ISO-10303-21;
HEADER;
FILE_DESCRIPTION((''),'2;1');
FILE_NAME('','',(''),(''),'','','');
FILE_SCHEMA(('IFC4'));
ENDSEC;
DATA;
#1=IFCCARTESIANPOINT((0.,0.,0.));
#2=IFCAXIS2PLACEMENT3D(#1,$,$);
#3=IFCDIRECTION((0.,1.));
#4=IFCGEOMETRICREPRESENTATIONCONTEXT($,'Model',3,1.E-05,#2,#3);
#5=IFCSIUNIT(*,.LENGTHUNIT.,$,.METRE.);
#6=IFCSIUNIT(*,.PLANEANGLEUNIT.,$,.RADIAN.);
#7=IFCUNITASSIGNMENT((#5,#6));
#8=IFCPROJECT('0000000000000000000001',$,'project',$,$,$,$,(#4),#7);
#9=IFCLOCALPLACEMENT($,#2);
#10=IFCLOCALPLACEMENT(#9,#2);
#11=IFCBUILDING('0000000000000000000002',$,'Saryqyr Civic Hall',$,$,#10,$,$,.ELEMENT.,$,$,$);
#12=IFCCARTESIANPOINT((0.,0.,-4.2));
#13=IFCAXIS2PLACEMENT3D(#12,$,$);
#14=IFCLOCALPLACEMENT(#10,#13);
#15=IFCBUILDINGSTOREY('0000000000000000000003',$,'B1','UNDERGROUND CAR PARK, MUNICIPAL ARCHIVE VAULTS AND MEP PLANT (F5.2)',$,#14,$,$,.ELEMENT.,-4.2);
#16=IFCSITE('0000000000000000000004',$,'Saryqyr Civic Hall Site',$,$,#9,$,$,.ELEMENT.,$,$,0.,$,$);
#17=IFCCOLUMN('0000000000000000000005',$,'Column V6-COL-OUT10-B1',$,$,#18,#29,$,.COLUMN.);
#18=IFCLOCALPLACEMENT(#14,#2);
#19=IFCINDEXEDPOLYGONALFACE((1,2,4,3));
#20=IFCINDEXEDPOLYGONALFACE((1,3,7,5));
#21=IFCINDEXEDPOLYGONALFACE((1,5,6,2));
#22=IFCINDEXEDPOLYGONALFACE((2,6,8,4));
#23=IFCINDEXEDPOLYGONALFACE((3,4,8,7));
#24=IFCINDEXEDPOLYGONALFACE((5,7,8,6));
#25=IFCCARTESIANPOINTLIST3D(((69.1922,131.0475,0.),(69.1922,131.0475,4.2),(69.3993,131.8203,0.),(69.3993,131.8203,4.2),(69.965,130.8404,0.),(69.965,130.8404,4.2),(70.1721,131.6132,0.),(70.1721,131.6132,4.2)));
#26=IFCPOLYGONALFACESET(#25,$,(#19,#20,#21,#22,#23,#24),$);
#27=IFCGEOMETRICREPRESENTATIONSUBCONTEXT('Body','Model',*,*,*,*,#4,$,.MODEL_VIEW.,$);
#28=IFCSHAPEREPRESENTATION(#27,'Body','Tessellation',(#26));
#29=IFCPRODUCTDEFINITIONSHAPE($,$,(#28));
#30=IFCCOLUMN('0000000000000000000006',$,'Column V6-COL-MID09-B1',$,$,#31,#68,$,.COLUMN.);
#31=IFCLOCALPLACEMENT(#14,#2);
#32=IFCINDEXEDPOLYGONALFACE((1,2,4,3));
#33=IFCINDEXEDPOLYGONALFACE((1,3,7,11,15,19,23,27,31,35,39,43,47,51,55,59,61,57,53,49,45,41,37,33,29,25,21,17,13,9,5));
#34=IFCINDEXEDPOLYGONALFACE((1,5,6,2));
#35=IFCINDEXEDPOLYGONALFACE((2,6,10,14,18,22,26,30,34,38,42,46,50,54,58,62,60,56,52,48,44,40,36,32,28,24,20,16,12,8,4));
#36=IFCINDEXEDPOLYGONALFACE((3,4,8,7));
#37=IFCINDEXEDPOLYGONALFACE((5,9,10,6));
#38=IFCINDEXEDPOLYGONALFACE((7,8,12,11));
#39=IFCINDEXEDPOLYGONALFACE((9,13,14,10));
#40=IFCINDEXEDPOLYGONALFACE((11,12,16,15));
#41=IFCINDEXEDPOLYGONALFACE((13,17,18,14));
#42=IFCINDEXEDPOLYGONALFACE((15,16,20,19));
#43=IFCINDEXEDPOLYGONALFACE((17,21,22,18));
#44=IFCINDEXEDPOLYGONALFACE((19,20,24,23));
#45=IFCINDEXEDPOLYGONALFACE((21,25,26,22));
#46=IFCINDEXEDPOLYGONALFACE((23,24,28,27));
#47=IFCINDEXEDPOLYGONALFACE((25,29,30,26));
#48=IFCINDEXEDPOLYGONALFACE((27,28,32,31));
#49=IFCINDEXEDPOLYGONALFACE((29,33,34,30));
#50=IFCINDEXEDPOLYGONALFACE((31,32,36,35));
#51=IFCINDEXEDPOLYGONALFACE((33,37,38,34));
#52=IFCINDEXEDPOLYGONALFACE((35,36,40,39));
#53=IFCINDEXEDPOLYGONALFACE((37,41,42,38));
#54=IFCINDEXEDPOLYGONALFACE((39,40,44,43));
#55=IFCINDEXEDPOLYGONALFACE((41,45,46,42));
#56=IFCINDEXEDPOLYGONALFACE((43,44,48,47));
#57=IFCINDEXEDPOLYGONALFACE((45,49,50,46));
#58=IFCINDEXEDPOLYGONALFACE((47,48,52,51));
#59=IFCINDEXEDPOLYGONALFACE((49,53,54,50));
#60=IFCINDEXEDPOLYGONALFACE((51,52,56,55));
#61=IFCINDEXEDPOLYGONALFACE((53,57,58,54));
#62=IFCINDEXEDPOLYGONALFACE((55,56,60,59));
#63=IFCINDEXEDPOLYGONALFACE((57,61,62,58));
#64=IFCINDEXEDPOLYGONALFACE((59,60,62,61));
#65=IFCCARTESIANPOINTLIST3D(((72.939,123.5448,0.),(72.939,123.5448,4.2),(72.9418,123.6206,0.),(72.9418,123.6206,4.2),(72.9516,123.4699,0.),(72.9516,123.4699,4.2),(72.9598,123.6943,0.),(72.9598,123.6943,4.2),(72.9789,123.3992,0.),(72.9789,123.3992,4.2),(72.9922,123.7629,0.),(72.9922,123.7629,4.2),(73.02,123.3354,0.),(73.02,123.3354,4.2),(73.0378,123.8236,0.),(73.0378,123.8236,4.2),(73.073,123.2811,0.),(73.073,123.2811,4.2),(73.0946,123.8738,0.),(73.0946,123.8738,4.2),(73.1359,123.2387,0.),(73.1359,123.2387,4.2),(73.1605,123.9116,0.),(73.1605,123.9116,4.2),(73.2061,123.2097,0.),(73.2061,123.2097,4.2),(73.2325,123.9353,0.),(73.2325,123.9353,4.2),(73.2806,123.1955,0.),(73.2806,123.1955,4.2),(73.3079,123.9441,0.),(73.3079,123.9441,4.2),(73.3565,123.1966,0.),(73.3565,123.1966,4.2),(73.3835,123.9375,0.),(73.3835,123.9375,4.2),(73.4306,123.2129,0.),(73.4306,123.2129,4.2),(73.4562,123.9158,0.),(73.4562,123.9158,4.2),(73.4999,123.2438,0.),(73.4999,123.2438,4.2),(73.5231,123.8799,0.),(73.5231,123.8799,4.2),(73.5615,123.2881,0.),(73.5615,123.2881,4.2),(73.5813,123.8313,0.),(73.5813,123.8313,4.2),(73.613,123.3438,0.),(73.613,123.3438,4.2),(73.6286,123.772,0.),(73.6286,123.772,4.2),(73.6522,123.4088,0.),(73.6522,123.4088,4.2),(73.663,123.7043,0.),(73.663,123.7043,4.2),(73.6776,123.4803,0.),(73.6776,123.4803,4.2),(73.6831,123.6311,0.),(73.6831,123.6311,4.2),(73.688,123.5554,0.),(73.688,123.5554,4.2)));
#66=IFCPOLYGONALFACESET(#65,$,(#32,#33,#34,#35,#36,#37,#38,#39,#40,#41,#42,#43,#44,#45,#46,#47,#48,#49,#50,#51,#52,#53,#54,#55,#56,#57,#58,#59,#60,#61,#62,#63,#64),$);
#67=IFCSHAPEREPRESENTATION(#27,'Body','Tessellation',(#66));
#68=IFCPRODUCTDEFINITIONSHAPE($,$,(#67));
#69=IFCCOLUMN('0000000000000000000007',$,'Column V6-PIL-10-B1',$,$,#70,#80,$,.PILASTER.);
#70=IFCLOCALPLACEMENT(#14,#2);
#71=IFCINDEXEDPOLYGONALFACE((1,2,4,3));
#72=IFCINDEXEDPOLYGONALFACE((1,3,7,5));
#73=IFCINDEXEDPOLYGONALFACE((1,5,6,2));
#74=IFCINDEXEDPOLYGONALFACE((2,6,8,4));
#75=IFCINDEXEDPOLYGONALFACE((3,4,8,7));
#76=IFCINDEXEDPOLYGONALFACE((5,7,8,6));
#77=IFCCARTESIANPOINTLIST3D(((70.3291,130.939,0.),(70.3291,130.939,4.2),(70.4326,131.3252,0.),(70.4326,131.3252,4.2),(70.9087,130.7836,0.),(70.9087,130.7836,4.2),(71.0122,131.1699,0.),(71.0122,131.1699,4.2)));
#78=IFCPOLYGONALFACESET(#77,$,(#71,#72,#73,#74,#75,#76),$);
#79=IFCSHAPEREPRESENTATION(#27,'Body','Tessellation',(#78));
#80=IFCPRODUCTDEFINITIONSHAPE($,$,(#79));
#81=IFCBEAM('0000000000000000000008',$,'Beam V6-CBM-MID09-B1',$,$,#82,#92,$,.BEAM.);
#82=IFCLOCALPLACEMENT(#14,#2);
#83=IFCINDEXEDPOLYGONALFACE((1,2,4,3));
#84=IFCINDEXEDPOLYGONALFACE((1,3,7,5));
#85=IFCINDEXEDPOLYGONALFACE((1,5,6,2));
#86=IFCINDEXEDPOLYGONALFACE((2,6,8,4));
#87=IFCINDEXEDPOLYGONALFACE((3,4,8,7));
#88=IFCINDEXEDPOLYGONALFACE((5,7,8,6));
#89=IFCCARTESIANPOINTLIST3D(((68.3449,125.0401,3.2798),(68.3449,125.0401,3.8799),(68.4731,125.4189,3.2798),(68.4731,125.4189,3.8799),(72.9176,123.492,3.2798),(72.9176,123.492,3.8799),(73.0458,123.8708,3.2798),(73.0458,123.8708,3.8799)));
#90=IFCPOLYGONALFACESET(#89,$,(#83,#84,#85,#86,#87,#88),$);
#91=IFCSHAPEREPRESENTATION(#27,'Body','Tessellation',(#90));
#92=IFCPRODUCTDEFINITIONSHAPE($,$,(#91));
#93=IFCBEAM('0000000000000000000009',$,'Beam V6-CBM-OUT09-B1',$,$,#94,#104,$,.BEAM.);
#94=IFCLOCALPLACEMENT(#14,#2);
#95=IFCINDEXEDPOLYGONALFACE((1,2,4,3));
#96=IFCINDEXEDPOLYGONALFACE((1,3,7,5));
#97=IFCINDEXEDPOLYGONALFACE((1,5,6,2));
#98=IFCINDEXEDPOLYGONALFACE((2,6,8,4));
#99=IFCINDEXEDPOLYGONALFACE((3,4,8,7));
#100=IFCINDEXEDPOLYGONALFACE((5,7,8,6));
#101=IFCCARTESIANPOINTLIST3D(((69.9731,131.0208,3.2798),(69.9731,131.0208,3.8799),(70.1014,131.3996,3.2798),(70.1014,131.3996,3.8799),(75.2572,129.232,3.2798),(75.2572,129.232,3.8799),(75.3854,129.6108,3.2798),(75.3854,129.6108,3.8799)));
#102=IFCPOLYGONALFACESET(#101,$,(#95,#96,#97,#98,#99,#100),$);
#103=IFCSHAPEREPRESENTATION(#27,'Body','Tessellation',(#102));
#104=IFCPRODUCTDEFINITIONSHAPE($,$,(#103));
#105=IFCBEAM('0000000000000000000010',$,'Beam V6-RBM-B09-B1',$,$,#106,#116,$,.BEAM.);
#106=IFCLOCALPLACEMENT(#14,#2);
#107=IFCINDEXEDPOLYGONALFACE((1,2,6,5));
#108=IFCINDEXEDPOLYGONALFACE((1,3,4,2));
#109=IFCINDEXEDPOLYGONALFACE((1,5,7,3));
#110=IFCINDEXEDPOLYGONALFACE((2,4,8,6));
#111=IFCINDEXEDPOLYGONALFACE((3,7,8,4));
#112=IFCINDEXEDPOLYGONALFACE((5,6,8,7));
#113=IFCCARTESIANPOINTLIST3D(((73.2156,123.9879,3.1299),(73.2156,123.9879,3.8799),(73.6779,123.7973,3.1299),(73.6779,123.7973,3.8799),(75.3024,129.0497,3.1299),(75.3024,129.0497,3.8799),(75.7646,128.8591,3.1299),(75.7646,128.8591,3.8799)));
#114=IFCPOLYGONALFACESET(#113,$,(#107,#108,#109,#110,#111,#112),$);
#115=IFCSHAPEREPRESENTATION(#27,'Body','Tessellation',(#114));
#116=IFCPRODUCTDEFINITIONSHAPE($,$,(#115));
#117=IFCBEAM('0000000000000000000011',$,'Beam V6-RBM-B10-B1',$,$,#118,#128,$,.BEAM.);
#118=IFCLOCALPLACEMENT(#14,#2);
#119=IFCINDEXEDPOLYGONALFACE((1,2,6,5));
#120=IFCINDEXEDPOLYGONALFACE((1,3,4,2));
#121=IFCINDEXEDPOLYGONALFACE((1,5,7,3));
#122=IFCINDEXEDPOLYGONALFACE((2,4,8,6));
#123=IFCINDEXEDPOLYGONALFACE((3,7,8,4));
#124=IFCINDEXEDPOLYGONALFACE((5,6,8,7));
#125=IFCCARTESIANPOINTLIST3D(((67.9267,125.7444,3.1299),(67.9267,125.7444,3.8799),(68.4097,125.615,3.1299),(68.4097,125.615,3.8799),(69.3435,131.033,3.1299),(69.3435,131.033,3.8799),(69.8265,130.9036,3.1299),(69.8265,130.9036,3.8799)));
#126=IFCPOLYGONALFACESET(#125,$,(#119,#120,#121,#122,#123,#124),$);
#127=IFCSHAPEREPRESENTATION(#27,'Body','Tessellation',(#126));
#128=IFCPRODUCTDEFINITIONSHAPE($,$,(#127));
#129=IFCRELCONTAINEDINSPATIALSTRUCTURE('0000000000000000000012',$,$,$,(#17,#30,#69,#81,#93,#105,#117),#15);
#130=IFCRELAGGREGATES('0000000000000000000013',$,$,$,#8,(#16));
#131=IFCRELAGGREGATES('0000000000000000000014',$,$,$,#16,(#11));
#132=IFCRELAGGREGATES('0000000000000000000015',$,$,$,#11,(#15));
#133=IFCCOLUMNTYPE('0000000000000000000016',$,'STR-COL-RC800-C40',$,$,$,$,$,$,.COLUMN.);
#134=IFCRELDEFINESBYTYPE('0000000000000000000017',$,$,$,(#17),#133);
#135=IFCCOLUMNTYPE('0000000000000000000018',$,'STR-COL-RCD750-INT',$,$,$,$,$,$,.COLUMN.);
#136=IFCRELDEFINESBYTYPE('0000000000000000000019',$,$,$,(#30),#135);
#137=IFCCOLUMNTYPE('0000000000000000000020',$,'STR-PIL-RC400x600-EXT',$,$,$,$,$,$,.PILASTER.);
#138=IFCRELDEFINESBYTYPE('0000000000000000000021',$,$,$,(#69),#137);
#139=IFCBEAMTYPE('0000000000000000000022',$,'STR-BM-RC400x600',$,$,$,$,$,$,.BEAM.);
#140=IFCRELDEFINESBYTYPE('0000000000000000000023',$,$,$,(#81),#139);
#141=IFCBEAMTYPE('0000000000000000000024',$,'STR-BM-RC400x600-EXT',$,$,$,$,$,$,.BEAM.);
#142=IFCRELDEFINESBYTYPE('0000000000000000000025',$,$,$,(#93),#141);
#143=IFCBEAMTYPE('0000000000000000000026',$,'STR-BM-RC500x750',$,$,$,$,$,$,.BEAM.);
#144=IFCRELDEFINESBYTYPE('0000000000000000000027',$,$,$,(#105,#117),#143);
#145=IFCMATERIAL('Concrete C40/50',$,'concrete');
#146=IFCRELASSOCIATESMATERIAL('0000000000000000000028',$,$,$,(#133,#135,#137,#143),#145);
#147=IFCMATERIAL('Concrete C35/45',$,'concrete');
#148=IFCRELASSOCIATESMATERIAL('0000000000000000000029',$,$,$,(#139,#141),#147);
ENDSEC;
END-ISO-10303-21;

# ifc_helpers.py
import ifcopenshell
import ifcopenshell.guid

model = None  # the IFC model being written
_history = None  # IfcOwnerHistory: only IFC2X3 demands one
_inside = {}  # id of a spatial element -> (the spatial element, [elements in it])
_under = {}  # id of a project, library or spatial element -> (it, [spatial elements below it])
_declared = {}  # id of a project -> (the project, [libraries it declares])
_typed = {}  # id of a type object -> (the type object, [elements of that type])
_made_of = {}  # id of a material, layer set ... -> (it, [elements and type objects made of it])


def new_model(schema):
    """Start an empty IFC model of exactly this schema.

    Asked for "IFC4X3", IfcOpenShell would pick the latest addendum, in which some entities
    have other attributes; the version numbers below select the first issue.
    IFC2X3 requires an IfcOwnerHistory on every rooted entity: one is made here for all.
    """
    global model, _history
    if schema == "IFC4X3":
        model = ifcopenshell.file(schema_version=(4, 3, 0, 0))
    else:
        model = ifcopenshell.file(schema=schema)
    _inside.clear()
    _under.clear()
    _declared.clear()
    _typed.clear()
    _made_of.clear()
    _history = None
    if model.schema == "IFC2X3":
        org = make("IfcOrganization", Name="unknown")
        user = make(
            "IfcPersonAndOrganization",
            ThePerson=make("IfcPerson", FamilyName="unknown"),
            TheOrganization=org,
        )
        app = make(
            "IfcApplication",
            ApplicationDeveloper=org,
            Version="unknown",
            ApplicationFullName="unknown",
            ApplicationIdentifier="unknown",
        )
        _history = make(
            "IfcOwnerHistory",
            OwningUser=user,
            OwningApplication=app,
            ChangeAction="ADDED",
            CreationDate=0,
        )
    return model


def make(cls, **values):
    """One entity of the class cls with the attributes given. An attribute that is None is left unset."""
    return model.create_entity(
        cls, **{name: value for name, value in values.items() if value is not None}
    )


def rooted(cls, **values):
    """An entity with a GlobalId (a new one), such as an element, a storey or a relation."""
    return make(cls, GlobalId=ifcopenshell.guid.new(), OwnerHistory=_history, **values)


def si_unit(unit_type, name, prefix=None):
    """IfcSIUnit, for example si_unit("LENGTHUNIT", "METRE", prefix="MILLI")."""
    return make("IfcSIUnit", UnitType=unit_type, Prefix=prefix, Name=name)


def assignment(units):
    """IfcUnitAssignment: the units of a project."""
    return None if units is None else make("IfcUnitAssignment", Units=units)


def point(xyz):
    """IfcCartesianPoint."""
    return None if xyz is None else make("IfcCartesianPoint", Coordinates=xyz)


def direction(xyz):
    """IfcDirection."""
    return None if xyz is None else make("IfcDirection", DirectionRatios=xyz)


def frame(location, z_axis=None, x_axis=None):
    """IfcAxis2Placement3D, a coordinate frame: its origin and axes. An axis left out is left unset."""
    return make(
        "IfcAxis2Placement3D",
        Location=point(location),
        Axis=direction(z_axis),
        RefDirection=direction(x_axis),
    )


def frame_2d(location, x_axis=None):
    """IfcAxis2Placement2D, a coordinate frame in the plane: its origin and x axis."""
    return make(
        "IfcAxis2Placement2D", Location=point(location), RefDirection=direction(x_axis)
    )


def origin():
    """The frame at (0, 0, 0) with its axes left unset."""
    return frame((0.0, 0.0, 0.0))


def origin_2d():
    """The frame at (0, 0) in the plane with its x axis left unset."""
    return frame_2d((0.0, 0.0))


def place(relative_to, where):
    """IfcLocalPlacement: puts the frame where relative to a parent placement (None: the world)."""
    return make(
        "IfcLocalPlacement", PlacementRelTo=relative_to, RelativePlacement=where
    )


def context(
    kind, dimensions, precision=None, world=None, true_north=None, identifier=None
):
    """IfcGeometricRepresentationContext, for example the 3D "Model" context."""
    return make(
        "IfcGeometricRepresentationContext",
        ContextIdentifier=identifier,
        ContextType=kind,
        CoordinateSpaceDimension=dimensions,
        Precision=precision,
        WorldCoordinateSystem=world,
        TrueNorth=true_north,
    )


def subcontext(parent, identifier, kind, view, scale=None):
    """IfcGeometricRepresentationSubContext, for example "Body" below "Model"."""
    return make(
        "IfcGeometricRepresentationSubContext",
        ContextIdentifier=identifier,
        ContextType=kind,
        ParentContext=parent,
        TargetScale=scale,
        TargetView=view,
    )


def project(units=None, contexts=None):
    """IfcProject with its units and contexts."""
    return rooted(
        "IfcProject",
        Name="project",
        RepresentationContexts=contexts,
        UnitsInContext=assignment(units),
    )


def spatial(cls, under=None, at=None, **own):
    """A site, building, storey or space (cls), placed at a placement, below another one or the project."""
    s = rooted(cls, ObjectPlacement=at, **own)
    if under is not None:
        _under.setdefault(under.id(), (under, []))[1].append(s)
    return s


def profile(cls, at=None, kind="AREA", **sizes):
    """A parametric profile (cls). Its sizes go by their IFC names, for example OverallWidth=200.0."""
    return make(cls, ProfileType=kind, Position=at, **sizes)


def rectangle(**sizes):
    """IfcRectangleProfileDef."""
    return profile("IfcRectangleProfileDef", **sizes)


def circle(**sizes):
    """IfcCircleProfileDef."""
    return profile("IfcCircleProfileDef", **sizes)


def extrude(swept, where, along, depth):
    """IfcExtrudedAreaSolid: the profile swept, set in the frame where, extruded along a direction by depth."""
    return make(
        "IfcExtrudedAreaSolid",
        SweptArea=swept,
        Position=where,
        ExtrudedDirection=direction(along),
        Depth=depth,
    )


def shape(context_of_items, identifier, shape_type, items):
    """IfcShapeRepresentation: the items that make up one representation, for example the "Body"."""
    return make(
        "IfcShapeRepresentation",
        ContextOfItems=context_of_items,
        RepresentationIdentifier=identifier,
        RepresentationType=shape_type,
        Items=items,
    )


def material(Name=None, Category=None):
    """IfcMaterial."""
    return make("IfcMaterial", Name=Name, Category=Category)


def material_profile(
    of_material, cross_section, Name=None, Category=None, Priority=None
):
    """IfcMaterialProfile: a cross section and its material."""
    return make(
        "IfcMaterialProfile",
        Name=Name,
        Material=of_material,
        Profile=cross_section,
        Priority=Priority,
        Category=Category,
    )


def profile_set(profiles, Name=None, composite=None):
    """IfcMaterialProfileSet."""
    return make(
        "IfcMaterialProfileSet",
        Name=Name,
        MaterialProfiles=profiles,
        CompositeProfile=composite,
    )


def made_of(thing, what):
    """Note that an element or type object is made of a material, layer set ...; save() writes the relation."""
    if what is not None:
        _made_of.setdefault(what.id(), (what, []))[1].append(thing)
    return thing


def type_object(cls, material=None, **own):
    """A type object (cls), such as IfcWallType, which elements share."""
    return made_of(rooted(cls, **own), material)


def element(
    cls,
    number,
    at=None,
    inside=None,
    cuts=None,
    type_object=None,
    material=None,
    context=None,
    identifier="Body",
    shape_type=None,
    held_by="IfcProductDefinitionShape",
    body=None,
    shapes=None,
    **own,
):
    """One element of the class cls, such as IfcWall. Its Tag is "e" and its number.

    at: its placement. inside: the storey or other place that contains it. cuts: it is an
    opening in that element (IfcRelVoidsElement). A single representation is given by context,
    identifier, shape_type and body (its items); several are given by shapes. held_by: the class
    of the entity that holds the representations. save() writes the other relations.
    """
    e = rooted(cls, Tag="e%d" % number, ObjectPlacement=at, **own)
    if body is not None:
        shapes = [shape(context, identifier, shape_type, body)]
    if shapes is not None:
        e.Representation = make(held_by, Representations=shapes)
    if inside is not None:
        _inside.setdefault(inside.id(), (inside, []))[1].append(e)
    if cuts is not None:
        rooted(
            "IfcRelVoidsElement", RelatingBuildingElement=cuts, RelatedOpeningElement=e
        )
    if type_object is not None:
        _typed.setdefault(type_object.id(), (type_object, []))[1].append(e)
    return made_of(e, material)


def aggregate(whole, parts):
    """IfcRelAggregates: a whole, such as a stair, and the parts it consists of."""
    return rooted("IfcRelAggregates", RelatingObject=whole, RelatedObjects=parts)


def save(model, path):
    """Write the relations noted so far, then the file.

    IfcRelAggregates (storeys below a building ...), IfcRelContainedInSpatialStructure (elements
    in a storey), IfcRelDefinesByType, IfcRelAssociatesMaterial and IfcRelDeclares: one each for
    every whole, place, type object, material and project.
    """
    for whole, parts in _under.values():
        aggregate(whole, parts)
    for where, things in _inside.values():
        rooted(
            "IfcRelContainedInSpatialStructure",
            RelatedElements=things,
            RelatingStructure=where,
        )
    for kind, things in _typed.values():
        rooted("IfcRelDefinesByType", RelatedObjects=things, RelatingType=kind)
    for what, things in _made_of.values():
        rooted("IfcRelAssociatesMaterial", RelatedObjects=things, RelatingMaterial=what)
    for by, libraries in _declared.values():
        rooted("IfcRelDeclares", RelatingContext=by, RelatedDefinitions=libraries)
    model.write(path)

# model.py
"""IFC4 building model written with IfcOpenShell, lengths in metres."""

from ifc_helpers import new_model, si_unit, direction, frame, origin, origin_2d, place, context, subcontext, project, spatial, rectangle, circle, extrude, material, material_profile, profile_set, type_object, element, save


model = new_model("IFC4")

# Units and contexts
model_context = context("Model", 3, precision=1e-05, world=origin(), true_north=direction((0.0, 1.0)))
body_context = subcontext(model_context, "Body", "Model", "MODEL_VIEW")
ifc_project = project(units=[si_unit("LENGTHUNIT", "METRE"), si_unit("PLANEANGLEUNIT", "RADIAN")], contexts=[model_context])

# Site, building, storey
site_placement = place(None, origin())
site = spatial("IfcSite", under=ifc_project, at=site_placement, Name="Saryqyr Civic Hall Site", CompositionType="ELEMENT", RefElevation=0.0)
building_placement = place(site_placement, origin())
building = spatial("IfcBuilding", under=site, at=building_placement, Name="Saryqyr Civic Hall", CompositionType="ELEMENT")
storey_placement = place(building_placement, frame((0.0, 0.0, -4.2)))
storey = spatial("IfcBuildingStorey", under=building, at=storey_placement, Name="B1", Description="UNDERGROUND CAR PARK, MUNICIPAL ARCHIVE VAULTS AND MEP PLANT (F5.2)", CompositionType="ELEMENT", Elevation=-4.2)

# Shared definitions
ifc_material_1 = material(Name="Concrete C35/45", Category="concrete")

# Columns
ifc_material_2 = material(Name="Concrete C40/50", Category="concrete")
ifc_material_profile_1 = material_profile(ifc_material_2, rectangle(XDim=0.8, YDim=0.8, at=origin_2d()), Name="RC 800x800")
ifc_profile_set_1 = profile_set([ifc_material_profile_1], Name="Concrete C40/50")
column_type_1 = type_object("IfcColumnType", Name="STR-COL-RC800-C40", PredefinedType="COLUMN", material=ifc_profile_set_1)
for number, where, z_axis, x_axis, name in (
    (1, (69.6821, 131.3303, 0.0), (0.0, 0.0, 1.0), (0.258819, 0.965926, 0.0), "Column V6-COL-OUT10-B1"),
):
    element("IfcColumn", number, at=place(storey_placement, frame(where, z_axis=z_axis, x_axis=x_axis)), inside=storey, type_object=column_type_1, Name=name, PredefinedType="COLUMN", context=body_context, shape_type="SweptSolid", body=[
        extrude(rectangle(XDim=0.8, YDim=0.8, at=origin_2d()), origin(), (0.0, 0.0, 1.0), 4.2),
    ])
ifc_material_profile_2 = material_profile(ifc_material_2, circle(Radius=0.375, at=origin_2d()), Name="RC D750")
ifc_profile_set_2 = profile_set([ifc_material_profile_2], Name="Concrete C40/50")
column_type_2 = type_object("IfcColumnType", Name="STR-COL-RCD750-INT", PredefinedType="COLUMN", material=ifc_profile_set_2)
for number, where, z_axis, x_axis, name in (
    (2, (73.3132, 123.5691, 0.0), (0.0, 0.0, 1.0), (0.381232, 0.92448, 0.0), "Column V6-COL-MID09-B1"),
):
    element("IfcColumn", number, at=place(storey_placement, frame(where, z_axis=z_axis, x_axis=x_axis)), inside=storey, type_object=column_type_2, Name=name, PredefinedType="COLUMN", context=body_context, shape_type="SweptSolid", body=[
        extrude(circle(Radius=0.375, at=origin_2d()), origin(), (0.0, 0.0, 1.0), 4.2),
    ])
ifc_material_profile_3 = material_profile(ifc_material_2, rectangle(XDim=0.3999, YDim=0.6001, at=origin_2d()), Name="RC 400x600")
ifc_profile_set_3 = profile_set([ifc_material_profile_3], Name="Concrete C40/50")
column_type_3 = type_object("IfcColumnType", Name="STR-PIL-RC400x600-EXT", PredefinedType="PILASTER", material=ifc_profile_set_3)
column_placement = place(storey_placement, frame((70.6707, 131.0544, 0.0), z_axis=(0.0, 0.0, 1.0), x_axis=(0.258819, 0.965926, 0.0)))
element("IfcColumn", 3, at=column_placement, inside=storey, type_object=column_type_3, Name="Column V6-PIL-10-B1", PredefinedType="PILASTER", context=body_context, shape_type="SweptSolid", body=[
    extrude(rectangle(XDim=0.3999, YDim=0.6001, at=origin_2d()), origin(), (0.0, 0.0, 1.0), 4.2),
])

# Beams
ifc_material_profile_4 = material_profile(ifc_material_1, rectangle(XDim=0.3999, YDim=0.6001, at=origin_2d()), Name="RC 400x600")
ifc_profile_set_4 = profile_set([ifc_material_profile_4], Name="Concrete C35/45")
beam_type_1 = type_object("IfcBeamType", Name="STR-BM-RC400x600", PredefinedType="BEAM", material=ifc_profile_set_4)
beam_1_placement = place(storey_placement, frame((72.9817, 123.6814, 3.5798), z_axis=(-0.947191, 0.320669, 0.0), x_axis=(-0.320669, -0.947191, 0.0)))
element("IfcBeam", 4, at=beam_1_placement, inside=storey, type_object=beam_type_1, Name="Beam V6-CBM-MID09-B1", PredefinedType="BEAM", context=body_context, shape_type="SweptSolid", body=[
    extrude(rectangle(XDim=0.3999, YDim=0.6001, at=origin_2d()), origin(), (0.0, 0.0, 1.0), 4.8276),
])
ifc_material_profile_5 = material_profile(ifc_material_1, rectangle(XDim=0.3999, YDim=0.6001, at=origin_2d()), Name="RC 400x600")
ifc_profile_set_5 = profile_set([ifc_material_profile_5], Name="Concrete C35/45")
beam_type_2 = type_object("IfcBeamType", Name="STR-BM-RC400x600-EXT", PredefinedType="BEAM", material=ifc_profile_set_5)
beam_2_placement = place(storey_placement, frame((75.3213, 129.4214, 3.5798), z_axis=(-0.947194, 0.320662, 0.0), x_axis=(-0.320662, -0.947194, 0.0)))
element("IfcBeam", 5, at=beam_2_placement, inside=storey, type_object=beam_type_2, Name="Beam V6-CBM-OUT09-B1", PredefinedType="BEAM", context=body_context, shape_type="SweptSolid", body=[
    extrude(rectangle(XDim=0.3999, YDim=0.6001, at=origin_2d()), origin(), (0.0, 0.0, 1.0), 5.5786),
])
ifc_material_profile_6 = material_profile(ifc_material_2, rectangle(XDim=0.5, YDim=0.75, at=origin_2d()), Name="RC 500x750")
ifc_profile_set_6 = profile_set([ifc_material_profile_6], Name="Concrete C40/50")
beam_type_3 = type_object("IfcBeamType", Name="STR-BM-RC500x750", PredefinedType="BEAM", material=ifc_profile_set_6)
for number, where, z_axis, x_axis, name in (
    (6, (73.4468, 123.8926, 3.5049), (0.381127, 0.924523, 0.0), (-0.924523, 0.381127, 0.0), "Beam V6-RBM-B09-B1"),
    (7, (68.1682, 125.6797, 3.5049), (0.258764, 0.96594, 0.0), (-0.96594, 0.258764, 0.0), "Beam V6-RBM-B10-B1"),
):
    element("IfcBeam", number, at=place(storey_placement, frame(where, z_axis=z_axis, x_axis=x_axis)), inside=storey, type_object=beam_type_3, Name=name, PredefinedType="BEAM", context=body_context, shape_type="SweptSolid", body=[
        extrude(rectangle(XDim=0.5, YDim=0.75, at=origin_2d()), origin(), (0.0, 0.0, 1.0), 5.4751),
    ])

save(model, "model.ifc")
